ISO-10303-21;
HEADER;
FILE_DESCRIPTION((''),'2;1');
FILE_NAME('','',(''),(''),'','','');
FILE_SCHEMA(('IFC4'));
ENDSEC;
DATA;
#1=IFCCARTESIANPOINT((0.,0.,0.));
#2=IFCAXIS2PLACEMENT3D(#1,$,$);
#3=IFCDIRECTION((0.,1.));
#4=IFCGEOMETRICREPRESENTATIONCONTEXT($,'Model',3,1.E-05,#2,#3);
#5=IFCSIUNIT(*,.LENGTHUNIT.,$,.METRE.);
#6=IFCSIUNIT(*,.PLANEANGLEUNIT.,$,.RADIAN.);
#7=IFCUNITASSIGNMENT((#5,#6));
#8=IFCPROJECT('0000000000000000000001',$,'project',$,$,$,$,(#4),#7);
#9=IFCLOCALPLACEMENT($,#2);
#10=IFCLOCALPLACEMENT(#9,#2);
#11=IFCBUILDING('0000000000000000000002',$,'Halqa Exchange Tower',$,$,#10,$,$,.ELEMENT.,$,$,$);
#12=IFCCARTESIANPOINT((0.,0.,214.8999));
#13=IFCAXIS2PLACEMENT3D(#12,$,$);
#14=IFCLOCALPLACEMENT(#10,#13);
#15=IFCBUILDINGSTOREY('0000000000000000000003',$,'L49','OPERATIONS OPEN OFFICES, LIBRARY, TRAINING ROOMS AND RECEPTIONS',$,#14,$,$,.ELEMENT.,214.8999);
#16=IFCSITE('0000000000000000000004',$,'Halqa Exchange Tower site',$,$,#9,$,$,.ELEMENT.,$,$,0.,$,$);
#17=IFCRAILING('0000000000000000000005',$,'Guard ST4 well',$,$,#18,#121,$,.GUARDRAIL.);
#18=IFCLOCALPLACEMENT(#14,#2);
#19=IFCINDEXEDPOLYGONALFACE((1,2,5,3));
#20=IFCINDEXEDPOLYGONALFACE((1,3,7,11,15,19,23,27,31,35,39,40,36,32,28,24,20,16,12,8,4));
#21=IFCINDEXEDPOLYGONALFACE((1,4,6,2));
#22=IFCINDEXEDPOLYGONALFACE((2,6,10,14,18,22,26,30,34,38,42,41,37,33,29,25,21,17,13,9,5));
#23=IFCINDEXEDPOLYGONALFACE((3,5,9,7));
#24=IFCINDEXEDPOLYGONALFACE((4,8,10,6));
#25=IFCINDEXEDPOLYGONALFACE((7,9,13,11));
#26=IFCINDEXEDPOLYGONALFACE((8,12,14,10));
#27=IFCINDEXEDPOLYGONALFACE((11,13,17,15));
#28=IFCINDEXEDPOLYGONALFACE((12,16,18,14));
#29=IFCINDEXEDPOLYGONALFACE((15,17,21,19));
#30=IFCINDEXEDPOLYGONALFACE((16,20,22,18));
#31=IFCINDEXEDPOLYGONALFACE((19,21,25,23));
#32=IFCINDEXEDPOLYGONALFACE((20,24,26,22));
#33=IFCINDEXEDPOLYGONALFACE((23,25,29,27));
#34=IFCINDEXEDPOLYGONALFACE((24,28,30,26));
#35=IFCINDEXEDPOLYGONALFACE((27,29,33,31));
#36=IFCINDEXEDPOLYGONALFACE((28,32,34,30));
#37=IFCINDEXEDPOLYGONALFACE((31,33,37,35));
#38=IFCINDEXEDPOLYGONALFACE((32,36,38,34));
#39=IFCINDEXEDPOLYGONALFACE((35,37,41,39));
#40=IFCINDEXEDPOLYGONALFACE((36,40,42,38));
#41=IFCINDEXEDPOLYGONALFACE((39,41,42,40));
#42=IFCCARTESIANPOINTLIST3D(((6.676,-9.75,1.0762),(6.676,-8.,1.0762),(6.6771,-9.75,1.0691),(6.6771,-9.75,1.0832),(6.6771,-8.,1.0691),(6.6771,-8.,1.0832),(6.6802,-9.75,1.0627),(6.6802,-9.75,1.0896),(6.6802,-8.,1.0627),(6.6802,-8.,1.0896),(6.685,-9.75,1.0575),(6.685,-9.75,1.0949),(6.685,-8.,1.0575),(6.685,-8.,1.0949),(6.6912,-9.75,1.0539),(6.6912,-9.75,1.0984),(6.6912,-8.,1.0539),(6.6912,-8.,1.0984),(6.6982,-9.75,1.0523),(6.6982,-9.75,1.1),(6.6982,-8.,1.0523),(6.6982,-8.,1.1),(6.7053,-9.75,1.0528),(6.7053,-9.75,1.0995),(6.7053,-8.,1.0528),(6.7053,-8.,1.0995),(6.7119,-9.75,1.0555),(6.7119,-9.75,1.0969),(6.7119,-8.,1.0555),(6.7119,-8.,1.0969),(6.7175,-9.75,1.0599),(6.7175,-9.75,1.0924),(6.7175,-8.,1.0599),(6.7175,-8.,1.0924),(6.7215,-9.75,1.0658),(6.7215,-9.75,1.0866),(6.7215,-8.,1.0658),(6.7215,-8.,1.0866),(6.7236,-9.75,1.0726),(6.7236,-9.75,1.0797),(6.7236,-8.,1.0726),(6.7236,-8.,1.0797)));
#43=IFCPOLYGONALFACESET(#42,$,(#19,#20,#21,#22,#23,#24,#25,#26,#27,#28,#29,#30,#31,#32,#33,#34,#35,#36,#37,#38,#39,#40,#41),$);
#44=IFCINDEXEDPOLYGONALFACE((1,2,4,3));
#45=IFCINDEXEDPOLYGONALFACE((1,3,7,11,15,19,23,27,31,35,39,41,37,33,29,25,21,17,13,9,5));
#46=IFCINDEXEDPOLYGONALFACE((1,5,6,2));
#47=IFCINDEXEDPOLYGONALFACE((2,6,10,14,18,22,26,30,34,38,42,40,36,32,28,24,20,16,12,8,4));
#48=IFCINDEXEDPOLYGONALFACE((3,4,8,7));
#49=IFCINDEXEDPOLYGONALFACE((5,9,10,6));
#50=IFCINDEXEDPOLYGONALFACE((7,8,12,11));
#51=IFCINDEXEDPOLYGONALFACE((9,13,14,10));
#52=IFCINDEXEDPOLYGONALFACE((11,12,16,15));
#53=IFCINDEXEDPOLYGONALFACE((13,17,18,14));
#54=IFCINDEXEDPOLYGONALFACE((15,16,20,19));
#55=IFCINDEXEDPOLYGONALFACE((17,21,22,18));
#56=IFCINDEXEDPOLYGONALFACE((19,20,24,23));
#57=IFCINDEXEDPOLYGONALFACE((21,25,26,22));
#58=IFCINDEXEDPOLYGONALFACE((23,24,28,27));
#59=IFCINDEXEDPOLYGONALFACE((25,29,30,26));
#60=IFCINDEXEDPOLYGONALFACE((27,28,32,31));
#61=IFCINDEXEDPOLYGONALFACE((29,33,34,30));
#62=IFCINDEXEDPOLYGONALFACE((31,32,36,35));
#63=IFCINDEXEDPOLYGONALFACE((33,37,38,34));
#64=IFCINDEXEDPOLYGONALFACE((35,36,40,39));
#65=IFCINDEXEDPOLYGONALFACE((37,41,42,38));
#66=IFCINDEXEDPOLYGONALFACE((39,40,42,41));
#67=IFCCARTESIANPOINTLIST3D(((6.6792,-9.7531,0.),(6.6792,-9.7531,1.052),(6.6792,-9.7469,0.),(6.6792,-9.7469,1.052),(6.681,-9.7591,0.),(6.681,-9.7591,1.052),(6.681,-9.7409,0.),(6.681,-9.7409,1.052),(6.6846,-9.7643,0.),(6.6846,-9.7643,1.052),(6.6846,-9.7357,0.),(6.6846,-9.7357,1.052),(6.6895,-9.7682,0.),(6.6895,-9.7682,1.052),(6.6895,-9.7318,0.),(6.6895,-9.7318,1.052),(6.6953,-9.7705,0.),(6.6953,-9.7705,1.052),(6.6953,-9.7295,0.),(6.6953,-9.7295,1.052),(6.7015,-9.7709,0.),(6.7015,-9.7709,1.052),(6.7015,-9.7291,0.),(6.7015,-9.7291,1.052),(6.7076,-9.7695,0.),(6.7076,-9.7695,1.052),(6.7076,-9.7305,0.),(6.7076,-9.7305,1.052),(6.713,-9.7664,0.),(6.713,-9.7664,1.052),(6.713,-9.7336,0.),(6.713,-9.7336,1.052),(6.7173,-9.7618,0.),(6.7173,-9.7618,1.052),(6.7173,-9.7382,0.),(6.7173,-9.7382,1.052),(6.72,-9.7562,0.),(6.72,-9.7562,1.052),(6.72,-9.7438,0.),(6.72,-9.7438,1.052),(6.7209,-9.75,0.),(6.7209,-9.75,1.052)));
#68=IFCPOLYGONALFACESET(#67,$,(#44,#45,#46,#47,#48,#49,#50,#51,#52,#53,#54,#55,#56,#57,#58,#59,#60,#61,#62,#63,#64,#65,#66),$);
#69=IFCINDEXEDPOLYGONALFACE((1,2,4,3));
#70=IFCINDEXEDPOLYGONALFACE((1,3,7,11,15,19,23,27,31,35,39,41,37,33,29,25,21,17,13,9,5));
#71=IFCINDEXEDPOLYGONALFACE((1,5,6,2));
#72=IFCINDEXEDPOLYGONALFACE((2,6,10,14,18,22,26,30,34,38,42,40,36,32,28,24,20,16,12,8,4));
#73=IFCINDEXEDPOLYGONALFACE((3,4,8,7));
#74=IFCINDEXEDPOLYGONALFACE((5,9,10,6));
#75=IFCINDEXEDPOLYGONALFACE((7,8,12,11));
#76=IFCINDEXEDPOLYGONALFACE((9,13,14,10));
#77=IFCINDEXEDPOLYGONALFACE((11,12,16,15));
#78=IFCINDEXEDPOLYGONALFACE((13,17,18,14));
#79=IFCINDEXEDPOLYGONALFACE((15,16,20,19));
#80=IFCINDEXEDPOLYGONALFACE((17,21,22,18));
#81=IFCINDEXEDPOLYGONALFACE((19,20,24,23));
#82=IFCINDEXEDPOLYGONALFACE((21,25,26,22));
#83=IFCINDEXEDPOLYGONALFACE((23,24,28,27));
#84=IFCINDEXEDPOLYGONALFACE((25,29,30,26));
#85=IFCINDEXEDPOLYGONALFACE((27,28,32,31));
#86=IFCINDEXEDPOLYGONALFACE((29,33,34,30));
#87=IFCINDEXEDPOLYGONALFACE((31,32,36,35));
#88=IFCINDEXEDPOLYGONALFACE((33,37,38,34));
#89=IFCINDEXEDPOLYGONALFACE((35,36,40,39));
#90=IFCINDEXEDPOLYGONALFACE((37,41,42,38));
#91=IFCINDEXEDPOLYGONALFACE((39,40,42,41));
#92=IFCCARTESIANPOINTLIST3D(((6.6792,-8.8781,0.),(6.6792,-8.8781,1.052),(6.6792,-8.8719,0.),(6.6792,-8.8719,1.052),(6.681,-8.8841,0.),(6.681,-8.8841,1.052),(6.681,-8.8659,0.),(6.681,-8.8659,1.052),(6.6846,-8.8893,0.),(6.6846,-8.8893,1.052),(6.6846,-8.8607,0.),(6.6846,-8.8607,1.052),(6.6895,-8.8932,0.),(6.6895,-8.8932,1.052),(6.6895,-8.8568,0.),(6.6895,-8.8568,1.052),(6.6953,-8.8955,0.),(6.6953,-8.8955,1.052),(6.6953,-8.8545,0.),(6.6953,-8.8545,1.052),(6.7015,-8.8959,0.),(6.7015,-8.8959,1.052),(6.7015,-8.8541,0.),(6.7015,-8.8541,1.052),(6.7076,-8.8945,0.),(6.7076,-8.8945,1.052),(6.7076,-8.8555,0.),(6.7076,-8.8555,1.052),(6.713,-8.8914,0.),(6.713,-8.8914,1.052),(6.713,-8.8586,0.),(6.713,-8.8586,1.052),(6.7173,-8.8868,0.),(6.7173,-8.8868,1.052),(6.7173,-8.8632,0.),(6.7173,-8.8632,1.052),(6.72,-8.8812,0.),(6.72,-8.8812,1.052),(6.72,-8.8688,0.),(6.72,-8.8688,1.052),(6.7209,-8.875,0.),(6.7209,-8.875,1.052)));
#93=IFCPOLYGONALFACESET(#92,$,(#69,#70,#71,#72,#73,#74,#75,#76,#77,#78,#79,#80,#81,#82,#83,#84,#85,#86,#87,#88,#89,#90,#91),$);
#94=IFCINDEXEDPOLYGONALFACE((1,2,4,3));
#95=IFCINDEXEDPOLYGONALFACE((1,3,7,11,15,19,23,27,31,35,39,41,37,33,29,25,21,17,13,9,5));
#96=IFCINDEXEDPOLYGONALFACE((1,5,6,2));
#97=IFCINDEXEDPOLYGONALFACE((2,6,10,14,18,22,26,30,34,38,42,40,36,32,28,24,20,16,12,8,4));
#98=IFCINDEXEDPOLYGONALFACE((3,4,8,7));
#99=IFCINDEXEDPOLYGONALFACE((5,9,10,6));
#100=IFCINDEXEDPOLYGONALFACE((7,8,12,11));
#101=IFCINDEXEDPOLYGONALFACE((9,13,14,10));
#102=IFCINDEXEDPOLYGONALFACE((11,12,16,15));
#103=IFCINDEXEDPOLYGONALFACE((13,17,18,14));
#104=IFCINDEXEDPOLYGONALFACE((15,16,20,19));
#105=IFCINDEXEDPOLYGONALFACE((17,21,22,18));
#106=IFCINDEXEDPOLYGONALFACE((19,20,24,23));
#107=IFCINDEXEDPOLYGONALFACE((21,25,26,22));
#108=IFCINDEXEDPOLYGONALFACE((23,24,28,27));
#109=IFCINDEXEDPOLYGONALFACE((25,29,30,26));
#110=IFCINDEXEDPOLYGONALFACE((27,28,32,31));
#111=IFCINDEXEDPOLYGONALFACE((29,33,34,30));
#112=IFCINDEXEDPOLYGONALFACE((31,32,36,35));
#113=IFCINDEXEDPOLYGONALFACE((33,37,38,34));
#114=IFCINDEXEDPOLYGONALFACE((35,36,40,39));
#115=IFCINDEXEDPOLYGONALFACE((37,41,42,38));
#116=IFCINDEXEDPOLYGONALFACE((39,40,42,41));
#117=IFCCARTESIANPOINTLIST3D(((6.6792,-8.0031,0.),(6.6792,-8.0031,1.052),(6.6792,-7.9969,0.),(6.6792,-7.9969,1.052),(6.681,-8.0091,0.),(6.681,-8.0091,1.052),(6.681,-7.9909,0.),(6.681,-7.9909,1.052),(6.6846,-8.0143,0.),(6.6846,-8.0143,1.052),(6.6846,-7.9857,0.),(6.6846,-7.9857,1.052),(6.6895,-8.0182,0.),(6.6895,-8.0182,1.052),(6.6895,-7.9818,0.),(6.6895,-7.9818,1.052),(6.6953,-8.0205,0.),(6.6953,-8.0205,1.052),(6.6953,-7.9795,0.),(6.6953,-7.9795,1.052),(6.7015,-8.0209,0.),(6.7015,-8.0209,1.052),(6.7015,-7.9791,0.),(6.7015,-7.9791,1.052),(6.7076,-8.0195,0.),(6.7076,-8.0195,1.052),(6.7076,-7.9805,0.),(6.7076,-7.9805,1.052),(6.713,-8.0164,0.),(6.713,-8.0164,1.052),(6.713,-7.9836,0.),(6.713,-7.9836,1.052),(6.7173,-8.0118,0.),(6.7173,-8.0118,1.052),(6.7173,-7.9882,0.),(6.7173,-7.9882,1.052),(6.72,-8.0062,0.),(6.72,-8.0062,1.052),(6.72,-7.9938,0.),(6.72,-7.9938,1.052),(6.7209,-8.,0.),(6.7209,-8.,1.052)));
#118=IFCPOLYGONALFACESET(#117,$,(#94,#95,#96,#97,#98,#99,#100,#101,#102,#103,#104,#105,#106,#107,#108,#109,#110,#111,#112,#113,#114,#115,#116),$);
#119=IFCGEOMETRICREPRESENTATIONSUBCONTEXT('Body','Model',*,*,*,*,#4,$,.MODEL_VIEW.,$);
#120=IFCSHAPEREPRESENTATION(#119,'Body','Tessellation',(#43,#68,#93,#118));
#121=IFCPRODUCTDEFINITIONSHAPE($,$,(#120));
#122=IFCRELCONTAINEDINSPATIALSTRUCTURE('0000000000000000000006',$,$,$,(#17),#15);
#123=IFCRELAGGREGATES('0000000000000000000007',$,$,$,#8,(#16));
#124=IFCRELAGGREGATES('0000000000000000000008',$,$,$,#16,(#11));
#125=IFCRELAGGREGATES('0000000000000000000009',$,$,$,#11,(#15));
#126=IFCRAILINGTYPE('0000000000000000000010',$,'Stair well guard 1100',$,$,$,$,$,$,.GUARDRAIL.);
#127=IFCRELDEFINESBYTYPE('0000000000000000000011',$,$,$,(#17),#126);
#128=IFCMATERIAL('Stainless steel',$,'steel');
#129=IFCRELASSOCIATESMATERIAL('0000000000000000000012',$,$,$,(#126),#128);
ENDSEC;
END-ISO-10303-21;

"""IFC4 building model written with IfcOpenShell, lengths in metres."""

from ifc_helpers import new_model, si_unit, direction, frame, origin, origin_2d, place, context, subcontext, project, spatial, circle, extrude, material, type_object, element, save


model = new_model("IFC4")

# Units and contexts
model_context = context("Model", 3, precision=1e-05, world=origin(), true_north=direction((0.0, 1.0)))
body_context = subcontext(model_context, "Body", "Model", "MODEL_VIEW")
ifc_project = project(units=[si_unit("LENGTHUNIT", "METRE"), si_unit("PLANEANGLEUNIT", "RADIAN")], contexts=[model_context])

# Site, building, storey
site_placement = place(None, origin())
site = spatial("IfcSite", under=ifc_project, at=site_placement, Name="Halqa Exchange Tower site", CompositionType="ELEMENT", RefElevation=0.0)
building_placement = place(site_placement, origin())
building = spatial("IfcBuilding", under=site, at=building_placement, Name="Halqa Exchange Tower", CompositionType="ELEMENT")
storey_placement = place(building_placement, frame((0.0, 0.0, 214.8999)))
storey = spatial("IfcBuildingStorey", under=building, at=storey_placement, Name="L49", Description="OPERATIONS OPEN OFFICES, LIBRARY, TRAINING ROOMS AND RECEPTIONS", CompositionType="ELEMENT", Elevation=214.8999)

# Railing
ifc_material_1 = material(Name="Stainless steel", Category="steel")
railing_type_1 = type_object("IfcRailingType", Name="Stair well guard 1100", PredefinedType="GUARDRAIL", material=ifc_material_1)
railing_1_placement = place(storey_placement, frame((6.7, -9.75, 0.0)))
element("IfcRailing", 1, at=railing_1_placement, inside=storey, type_object=railing_type_1, Name="Guard ST4 well", PredefinedType="GUARDRAIL", context=body_context, shape_type="SweptSolid", body=[
    extrude(circle(Radius=0.0239, at=origin_2d()), frame((0.0, 0.0, 1.0762), z_axis=(0.0, 1.0, 0.0), x_axis=(-1.0, 0.0, 0.0)), (0.0, 0.0, 1.0), 1.75),
    extrude(circle(Radius=0.021, at=origin_2d()), origin(), (0.0, 0.0, 1.0), 1.052),
    extrude(circle(Radius=0.021, at=origin_2d()), frame((0.0, 0.875, 0.0)), (0.0, 0.0, 1.0), 1.052),
    extrude(circle(Radius=0.021, at=origin_2d()), frame((0.0, 1.75, 0.0)), (0.0, 0.0, 1.0), 1.052),
])

save(model, "model.ifc")
